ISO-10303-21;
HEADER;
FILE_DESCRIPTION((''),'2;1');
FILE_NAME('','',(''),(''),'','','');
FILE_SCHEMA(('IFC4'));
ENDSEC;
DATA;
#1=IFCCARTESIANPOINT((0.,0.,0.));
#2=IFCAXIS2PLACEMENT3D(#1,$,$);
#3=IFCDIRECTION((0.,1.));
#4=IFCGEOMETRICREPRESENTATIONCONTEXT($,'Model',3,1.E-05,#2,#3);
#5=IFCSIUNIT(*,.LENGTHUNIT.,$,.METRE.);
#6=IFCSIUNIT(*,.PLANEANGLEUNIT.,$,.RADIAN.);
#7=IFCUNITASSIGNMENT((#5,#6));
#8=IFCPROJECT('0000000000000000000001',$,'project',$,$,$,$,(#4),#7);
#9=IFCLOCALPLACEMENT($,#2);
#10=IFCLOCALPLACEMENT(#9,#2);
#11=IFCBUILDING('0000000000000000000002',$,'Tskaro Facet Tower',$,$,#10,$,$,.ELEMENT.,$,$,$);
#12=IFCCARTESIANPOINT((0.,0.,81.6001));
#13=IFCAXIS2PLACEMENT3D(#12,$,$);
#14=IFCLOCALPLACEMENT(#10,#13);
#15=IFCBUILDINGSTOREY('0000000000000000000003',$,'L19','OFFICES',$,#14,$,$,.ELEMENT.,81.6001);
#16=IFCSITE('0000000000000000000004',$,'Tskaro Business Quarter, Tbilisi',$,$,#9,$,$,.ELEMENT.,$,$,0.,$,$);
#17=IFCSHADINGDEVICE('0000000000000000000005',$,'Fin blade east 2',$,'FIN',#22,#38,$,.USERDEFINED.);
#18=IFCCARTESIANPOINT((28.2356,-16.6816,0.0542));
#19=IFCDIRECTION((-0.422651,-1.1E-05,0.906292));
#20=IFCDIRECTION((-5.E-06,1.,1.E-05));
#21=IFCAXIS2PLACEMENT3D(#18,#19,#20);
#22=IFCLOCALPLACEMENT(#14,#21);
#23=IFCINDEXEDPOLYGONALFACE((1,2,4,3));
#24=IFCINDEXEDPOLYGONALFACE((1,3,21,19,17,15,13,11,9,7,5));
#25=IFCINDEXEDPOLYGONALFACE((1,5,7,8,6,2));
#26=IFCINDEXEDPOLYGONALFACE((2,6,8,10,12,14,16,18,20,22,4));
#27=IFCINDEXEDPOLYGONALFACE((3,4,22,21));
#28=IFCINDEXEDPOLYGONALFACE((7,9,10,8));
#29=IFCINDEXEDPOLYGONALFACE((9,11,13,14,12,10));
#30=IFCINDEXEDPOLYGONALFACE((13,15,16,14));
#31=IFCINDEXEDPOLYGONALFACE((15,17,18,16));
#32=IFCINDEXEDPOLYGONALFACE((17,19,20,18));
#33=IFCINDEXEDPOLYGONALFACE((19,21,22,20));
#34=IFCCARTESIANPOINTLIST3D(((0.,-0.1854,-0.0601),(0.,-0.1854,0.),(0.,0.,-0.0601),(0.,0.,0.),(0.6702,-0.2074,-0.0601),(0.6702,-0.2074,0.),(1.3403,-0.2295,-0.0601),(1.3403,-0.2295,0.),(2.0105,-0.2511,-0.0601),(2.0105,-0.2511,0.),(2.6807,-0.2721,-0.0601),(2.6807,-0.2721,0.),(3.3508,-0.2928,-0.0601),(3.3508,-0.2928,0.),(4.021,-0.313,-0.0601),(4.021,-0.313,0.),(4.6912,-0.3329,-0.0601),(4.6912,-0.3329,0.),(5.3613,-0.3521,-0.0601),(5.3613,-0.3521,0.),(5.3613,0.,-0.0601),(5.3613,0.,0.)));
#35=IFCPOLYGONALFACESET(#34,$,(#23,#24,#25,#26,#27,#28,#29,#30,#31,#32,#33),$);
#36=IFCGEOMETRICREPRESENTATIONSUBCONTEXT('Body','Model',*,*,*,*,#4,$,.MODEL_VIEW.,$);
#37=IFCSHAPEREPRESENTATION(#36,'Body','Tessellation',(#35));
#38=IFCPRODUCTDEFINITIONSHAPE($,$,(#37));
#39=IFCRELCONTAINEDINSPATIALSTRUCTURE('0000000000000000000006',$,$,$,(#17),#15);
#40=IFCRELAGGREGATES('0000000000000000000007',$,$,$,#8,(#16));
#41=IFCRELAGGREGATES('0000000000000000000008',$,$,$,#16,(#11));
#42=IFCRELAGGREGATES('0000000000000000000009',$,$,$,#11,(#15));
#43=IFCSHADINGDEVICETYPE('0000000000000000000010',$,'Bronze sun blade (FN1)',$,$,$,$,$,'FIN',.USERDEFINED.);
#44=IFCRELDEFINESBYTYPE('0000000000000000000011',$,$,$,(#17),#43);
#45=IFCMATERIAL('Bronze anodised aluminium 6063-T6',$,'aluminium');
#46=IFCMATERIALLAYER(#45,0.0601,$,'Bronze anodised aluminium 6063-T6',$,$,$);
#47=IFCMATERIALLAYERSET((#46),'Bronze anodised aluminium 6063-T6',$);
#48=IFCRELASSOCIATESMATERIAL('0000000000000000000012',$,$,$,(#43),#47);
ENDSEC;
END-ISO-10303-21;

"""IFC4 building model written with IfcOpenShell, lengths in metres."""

from ifc_helpers import new_model, si_unit, direction, frame, origin, place, context, subcontext, project, spatial, polyline, outline, extrude, material, layer, layer_set, type_object, element, save


model = new_model("IFC4")

# Units and contexts
model_context = context("Model", 3, precision=1e-05, world=origin(), true_north=direction((0.0, 1.0)))
body_context = subcontext(model_context, "Body", "Model", "MODEL_VIEW")
ifc_project = project(units=[si_unit("LENGTHUNIT", "METRE"), si_unit("PLANEANGLEUNIT", "RADIAN")], contexts=[model_context])

# Site, building, storey
site_placement = place(None, origin())
site = spatial("IfcSite", under=ifc_project, at=site_placement, Name="Tskaro Business Quarter, Tbilisi", CompositionType="ELEMENT", RefElevation=0.0)
building_placement = place(site_placement, origin())
building = spatial("IfcBuilding", under=site, at=building_placement, Name="Tskaro Facet Tower", CompositionType="ELEMENT")
storey_placement = place(building_placement, frame((0.0, 0.0, 81.6001)))
storey = spatial("IfcBuildingStorey", under=building, at=storey_placement, Name="L19", Description="OFFICES", CompositionType="ELEMENT", Elevation=81.6001)

# Shared definitions
ifc_material_1 = material(Name="Bronze anodised aluminium 6063-T6", Category="aluminium")

# Shading device
ifc_layer_1 = layer(ifc_material_1, 0.0601, Name="Bronze anodised aluminium 6063-T6")
ifc_layer_set_1 = layer_set([ifc_layer_1], Name="Bronze anodised aluminium 6063-T6")
shading_device_type = type_object("IfcShadingDeviceType", Name="Bronze sun blade (FN1)", ElementType="FIN", PredefinedType="USERDEFINED", material=ifc_layer_set_1)
shading_device_1_placement = place(storey_placement, frame((28.2356, -16.6816, 0.0542), z_axis=(-0.422651, -0.000011, 0.906292), x_axis=(-0.000005, 1.0, 0.00001)))
element("IfcShadingDevice", 1, at=shading_device_1_placement, inside=storey, type_object=shading_device_type, Name="Fin blade east 2", ObjectType="FIN", PredefinedType="USERDEFINED", context=body_context, shape_type="SweptSolid", body=[
    extrude(outline(polyline([(0.0, 0.0), (5.3613, 0.0), (5.3613, -0.3521), (4.6912, -0.3329), (4.021, -0.313), (3.3508, -0.2928), (2.6807, -0.2721), (2.0105, -0.2511), (1.3403, -0.2295), (0.6702, -0.2074), (0.0, -0.1854), (0.0, 0.0)])), origin(), (0.0, 0.0, -1.0), 0.0601),
])

save(model, "model.ifc")
